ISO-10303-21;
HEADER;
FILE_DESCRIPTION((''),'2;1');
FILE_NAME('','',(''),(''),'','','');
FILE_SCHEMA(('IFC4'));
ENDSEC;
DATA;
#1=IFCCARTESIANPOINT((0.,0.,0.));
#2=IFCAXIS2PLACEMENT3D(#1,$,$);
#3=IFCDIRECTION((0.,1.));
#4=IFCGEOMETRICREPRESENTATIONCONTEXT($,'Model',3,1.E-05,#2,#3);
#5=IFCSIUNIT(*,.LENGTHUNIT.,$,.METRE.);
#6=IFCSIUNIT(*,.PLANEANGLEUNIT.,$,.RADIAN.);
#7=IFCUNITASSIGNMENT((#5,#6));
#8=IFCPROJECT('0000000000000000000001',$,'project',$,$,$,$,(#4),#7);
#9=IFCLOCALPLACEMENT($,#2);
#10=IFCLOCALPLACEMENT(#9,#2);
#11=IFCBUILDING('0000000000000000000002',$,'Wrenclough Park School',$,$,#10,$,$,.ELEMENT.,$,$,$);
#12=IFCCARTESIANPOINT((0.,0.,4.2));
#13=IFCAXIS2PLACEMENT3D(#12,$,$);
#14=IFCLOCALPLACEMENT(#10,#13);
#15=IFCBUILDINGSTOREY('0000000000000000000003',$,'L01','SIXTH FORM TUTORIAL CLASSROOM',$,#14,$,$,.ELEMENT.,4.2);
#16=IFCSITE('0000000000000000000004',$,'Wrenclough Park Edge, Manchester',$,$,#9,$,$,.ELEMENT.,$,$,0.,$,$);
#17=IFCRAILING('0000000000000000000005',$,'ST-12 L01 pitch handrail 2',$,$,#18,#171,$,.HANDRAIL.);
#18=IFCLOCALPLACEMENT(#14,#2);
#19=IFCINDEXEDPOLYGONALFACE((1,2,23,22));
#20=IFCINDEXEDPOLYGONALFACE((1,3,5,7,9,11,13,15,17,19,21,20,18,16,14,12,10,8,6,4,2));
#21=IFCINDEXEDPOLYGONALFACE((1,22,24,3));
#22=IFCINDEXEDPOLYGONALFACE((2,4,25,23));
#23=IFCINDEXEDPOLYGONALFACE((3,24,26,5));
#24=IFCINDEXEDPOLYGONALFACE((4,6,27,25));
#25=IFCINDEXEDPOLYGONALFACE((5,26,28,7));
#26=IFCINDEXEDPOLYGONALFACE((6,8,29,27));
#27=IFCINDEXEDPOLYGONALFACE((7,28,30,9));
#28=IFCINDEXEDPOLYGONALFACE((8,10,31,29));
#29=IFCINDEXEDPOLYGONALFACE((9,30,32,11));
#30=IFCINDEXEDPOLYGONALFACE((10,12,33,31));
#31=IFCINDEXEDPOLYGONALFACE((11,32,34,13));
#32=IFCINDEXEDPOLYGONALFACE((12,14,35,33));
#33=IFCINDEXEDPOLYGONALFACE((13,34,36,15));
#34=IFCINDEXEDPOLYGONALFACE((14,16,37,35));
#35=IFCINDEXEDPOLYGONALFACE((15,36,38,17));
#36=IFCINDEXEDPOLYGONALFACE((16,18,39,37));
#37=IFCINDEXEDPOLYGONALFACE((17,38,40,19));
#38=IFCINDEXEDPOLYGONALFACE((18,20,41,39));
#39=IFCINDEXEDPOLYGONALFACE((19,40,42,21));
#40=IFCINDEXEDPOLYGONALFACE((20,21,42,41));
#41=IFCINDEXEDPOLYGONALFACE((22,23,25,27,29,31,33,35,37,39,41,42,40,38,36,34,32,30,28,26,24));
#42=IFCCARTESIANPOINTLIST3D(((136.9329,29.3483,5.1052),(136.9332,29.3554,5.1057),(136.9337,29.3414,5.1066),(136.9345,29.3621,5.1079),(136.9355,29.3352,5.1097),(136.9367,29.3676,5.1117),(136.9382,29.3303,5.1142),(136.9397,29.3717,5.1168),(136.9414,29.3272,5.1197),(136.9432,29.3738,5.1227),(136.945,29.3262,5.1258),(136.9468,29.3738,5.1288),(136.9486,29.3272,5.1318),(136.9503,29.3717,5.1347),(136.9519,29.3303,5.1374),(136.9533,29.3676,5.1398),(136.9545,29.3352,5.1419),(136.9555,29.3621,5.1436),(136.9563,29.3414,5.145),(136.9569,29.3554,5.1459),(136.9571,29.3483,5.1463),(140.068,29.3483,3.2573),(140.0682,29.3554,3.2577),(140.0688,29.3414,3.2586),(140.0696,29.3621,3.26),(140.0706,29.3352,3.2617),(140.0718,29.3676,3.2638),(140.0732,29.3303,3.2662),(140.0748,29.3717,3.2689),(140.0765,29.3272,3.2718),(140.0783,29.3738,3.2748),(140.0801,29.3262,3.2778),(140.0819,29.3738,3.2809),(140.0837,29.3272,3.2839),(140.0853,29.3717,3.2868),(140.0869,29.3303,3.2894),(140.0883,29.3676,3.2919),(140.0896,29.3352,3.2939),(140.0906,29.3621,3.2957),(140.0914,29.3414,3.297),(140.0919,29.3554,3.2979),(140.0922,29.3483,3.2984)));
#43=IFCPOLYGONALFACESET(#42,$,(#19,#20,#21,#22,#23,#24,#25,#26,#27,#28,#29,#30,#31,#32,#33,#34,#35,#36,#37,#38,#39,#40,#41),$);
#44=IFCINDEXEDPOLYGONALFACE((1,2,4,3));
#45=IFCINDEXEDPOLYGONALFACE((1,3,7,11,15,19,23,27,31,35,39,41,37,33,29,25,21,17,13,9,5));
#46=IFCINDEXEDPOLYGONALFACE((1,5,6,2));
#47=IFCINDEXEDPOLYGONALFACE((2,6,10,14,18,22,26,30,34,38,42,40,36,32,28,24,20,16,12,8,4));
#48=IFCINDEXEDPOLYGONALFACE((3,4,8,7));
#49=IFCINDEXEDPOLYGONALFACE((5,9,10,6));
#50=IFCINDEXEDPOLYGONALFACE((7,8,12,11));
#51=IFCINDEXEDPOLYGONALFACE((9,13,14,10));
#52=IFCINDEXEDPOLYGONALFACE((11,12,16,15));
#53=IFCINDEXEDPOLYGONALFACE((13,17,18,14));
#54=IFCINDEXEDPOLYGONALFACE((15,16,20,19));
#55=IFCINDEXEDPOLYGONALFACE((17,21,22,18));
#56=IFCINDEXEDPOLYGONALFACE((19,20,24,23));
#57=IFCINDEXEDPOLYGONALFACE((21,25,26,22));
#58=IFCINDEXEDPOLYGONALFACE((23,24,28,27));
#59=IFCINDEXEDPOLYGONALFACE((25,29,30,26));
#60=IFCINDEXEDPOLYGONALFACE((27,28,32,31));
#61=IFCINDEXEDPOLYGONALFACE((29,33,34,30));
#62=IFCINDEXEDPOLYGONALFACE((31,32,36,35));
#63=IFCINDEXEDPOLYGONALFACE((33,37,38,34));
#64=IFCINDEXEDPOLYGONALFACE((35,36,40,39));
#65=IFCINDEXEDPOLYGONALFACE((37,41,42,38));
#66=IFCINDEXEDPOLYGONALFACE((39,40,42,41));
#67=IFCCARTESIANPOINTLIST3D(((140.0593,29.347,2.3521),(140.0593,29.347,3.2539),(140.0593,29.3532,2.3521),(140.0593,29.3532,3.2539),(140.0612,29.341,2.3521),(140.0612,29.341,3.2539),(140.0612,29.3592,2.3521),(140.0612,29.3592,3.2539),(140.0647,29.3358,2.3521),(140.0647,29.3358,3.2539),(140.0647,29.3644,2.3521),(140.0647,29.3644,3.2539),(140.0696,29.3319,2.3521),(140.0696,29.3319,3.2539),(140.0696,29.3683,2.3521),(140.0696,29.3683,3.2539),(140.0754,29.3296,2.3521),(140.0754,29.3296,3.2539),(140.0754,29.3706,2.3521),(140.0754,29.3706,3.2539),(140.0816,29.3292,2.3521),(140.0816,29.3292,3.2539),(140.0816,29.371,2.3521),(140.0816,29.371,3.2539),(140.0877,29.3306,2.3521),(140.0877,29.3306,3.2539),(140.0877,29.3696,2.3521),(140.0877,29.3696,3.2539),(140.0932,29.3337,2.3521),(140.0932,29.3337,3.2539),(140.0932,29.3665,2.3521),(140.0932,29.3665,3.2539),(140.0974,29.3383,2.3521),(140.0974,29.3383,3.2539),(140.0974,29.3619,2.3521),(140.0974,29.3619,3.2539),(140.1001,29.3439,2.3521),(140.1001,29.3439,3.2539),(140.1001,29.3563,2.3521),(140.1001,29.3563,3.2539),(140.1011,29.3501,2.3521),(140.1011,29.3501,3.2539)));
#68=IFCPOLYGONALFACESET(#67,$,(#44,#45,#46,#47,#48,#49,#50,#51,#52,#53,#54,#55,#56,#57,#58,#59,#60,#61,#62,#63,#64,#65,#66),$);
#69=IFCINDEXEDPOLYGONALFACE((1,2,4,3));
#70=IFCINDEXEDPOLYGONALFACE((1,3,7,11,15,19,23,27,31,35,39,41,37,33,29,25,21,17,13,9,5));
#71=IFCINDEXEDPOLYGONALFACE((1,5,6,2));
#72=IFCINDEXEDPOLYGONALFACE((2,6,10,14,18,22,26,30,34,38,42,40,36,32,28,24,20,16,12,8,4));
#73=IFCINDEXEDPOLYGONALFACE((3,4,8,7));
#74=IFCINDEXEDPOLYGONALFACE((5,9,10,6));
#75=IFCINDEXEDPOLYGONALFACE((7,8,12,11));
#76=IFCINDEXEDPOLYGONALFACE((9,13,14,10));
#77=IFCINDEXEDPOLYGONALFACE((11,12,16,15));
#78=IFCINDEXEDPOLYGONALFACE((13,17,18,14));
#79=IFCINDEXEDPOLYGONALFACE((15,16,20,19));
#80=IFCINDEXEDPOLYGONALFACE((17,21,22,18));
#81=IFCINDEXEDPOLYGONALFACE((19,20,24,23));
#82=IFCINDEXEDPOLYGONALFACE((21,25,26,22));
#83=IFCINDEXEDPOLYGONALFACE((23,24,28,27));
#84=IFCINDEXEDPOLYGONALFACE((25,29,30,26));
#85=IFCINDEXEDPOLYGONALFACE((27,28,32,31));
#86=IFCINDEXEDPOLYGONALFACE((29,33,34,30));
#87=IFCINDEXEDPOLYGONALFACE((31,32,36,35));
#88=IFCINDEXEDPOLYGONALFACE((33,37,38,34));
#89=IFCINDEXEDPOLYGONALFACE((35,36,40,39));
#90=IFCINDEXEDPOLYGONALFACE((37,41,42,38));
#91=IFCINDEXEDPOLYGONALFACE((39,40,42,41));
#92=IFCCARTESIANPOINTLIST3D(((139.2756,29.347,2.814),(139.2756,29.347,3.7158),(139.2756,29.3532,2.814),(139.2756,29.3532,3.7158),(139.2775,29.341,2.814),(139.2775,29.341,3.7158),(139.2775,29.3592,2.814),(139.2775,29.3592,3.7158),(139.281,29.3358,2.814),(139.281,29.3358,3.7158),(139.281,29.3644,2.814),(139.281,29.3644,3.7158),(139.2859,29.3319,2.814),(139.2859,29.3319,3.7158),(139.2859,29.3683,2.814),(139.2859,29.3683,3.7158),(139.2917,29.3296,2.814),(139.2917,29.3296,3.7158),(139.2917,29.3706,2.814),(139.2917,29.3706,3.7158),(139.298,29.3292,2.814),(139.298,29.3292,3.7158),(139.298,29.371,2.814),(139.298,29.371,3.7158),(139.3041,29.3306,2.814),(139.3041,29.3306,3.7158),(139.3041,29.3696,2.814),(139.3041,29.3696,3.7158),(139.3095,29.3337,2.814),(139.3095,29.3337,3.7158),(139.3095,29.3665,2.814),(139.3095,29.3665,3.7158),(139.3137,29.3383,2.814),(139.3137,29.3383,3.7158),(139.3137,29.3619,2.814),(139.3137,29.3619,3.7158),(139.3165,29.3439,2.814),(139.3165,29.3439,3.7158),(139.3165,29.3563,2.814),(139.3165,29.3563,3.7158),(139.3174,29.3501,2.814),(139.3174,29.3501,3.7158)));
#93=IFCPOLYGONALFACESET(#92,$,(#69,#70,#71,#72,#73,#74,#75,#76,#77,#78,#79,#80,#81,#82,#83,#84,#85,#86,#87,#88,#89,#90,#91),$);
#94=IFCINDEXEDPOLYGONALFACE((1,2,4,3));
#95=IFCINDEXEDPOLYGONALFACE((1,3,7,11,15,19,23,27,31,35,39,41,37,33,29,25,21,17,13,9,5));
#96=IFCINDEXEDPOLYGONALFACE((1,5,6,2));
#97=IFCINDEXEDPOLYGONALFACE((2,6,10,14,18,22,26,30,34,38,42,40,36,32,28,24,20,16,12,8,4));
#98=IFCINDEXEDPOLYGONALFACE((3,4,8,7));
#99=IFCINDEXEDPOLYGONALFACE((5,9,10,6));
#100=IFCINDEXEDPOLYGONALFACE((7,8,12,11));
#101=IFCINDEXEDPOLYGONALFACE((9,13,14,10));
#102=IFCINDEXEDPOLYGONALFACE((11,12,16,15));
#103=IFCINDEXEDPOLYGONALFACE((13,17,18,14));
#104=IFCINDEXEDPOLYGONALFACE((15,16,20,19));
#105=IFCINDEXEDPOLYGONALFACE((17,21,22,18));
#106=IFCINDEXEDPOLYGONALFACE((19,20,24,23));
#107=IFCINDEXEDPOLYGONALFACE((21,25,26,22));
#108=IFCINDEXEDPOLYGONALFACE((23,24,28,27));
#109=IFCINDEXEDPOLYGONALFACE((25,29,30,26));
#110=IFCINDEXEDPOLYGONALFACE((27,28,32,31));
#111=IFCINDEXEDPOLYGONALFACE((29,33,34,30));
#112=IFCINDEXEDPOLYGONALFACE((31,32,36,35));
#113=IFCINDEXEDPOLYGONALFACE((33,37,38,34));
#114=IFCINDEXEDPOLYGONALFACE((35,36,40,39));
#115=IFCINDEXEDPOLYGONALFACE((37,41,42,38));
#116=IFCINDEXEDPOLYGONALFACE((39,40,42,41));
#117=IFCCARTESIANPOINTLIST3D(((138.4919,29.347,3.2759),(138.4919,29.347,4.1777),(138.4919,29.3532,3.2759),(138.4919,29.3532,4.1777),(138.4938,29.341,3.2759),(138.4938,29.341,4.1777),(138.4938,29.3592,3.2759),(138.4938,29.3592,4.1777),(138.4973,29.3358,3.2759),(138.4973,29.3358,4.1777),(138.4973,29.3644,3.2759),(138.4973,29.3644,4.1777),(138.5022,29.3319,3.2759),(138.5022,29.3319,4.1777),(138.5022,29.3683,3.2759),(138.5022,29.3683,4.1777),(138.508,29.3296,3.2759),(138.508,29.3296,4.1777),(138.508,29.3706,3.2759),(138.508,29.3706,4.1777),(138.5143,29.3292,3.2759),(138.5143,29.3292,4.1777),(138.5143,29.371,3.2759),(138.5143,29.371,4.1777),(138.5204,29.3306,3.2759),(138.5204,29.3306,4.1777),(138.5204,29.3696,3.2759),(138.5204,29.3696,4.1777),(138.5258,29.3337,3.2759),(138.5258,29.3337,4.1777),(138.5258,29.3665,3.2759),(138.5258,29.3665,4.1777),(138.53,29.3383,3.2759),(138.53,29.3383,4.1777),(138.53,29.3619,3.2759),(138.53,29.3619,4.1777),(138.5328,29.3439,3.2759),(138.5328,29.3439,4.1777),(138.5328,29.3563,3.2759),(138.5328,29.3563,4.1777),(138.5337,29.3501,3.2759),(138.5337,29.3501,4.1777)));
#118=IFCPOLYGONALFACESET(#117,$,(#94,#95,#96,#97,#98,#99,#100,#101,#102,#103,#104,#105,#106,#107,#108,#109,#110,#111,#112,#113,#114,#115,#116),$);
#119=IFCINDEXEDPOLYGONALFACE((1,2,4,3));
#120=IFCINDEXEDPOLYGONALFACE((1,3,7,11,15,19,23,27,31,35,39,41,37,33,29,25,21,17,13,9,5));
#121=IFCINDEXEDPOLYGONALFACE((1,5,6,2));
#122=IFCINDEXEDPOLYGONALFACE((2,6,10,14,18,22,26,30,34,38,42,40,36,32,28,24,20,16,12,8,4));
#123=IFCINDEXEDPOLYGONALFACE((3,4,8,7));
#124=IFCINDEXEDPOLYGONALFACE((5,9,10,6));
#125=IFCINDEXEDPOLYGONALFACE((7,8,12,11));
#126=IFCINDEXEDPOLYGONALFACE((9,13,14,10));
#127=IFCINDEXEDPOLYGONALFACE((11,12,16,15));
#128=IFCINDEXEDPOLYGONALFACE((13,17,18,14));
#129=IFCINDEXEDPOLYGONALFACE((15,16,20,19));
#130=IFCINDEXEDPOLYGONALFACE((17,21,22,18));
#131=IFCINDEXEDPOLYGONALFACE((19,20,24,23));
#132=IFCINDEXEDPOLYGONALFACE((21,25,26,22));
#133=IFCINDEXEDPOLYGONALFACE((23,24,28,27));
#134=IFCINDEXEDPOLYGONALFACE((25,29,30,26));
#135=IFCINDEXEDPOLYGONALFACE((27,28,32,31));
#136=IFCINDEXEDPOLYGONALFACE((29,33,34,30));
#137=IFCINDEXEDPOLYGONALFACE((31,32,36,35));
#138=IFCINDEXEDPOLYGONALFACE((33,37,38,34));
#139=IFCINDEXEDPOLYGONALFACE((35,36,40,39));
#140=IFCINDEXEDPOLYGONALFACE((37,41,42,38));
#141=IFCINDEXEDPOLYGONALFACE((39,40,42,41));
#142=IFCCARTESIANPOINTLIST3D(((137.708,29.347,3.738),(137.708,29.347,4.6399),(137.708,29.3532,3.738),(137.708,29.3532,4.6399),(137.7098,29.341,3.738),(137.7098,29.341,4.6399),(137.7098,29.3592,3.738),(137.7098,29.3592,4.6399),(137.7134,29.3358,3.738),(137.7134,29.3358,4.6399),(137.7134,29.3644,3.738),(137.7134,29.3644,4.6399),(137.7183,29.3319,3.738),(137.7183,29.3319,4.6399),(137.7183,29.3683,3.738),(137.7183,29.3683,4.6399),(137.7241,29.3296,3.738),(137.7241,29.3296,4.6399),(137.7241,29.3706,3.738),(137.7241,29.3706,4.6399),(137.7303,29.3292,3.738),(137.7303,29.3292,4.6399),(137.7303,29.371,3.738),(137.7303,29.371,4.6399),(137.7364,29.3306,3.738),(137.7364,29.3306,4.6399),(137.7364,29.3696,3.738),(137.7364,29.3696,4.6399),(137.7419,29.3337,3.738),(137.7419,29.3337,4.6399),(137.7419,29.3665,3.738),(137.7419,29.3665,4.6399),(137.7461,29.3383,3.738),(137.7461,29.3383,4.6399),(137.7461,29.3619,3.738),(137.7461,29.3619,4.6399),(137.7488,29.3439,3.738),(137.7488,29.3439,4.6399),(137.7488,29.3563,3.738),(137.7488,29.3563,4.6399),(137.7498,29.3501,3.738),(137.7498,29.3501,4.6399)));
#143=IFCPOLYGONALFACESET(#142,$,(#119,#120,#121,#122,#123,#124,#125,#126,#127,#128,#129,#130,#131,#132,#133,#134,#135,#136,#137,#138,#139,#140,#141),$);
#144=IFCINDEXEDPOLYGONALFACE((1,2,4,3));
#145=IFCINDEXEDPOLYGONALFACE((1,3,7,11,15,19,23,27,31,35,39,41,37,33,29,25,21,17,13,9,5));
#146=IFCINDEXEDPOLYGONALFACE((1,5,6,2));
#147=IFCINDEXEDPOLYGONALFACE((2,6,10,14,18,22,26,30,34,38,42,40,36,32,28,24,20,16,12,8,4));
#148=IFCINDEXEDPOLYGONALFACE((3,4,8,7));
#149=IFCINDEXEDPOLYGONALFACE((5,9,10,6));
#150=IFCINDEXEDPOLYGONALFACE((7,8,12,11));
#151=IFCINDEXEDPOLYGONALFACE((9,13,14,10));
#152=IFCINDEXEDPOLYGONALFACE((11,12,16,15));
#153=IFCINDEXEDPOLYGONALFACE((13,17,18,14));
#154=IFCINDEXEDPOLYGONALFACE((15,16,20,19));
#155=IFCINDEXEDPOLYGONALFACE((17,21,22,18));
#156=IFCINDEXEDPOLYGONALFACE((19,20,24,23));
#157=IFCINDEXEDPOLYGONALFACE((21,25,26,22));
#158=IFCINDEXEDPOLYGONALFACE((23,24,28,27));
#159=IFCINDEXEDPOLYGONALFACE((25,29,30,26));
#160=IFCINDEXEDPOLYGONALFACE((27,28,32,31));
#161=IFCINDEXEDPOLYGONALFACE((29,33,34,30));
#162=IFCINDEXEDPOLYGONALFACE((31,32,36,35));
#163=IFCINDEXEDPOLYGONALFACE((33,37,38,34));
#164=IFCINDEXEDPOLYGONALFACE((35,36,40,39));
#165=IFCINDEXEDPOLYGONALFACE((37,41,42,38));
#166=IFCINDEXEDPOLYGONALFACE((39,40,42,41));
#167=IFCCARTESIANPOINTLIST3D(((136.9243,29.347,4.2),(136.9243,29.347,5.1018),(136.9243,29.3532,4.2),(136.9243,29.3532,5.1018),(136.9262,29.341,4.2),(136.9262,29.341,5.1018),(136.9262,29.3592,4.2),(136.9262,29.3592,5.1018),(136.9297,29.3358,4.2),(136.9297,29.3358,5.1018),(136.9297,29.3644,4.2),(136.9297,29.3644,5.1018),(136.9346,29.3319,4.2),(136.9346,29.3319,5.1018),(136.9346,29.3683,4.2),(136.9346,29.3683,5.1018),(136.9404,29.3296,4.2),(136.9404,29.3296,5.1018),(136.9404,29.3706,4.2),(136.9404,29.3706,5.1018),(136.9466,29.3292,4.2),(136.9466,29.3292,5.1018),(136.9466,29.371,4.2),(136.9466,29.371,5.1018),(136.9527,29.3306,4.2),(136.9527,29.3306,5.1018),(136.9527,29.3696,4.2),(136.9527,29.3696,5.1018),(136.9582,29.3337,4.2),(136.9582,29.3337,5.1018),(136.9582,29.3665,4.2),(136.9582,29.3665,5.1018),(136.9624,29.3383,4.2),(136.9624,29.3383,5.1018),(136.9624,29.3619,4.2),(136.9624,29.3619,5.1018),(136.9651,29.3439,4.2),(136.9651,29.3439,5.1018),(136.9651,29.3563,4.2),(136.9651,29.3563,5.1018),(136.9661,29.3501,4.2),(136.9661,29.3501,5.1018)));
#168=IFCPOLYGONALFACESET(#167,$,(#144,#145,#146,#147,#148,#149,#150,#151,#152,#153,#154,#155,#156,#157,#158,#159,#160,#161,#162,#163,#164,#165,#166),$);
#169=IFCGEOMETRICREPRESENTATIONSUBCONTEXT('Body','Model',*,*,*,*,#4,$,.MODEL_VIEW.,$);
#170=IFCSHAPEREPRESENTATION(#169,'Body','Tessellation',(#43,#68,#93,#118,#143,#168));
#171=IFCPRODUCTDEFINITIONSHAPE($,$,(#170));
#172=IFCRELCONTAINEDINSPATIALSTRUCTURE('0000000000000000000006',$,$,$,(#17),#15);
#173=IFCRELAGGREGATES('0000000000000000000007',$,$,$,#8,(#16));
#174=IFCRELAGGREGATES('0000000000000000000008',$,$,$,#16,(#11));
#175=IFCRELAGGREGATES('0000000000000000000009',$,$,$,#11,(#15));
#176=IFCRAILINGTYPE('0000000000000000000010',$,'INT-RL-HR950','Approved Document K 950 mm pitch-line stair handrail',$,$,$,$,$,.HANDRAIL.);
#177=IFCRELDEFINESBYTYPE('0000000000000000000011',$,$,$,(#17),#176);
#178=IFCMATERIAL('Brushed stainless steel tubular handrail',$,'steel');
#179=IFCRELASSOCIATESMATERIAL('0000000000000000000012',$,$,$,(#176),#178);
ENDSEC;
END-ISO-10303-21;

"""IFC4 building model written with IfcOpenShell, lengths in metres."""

from ifc_helpers import new_model, si_unit, direction, frame, origin, origin_2d, place, context, subcontext, project, spatial, circle, extrude, material, type_object, element, save


model = new_model("IFC4")

# Units and contexts
model_context = context("Model", 3, precision=1e-05, world=origin(), true_north=direction((0.0, 1.0)))
body_context = subcontext(model_context, "Body", "Model", "MODEL_VIEW")
ifc_project = project(units=[si_unit("LENGTHUNIT", "METRE"), si_unit("PLANEANGLEUNIT", "RADIAN")], contexts=[model_context])

# Site, building, storey
site_placement = place(None, origin())
site = spatial("IfcSite", under=ifc_project, at=site_placement, Name="Wrenclough Park Edge, Manchester", CompositionType="ELEMENT", RefElevation=0.0)
building_placement = place(site_placement, origin())
building = spatial("IfcBuilding", under=site, at=building_placement, Name="Wrenclough Park School", CompositionType="ELEMENT")
storey_placement = place(building_placement, frame((0.0, 0.0, 4.2)))
storey = spatial("IfcBuildingStorey", under=building, at=storey_placement, Name="L01", Description="SIXTH FORM TUTORIAL CLASSROOM", CompositionType="ELEMENT", Elevation=4.2)

# Railing
ifc_material_1 = material(Name="Brushed stainless steel tubular handrail", Category="steel")
railing_type_1 = type_object("IfcRailingType", Name="INT-RL-HR950", Description="Approved Document K 950 mm pitch-line stair handrail", PredefinedType="HANDRAIL", material=ifc_material_1)
railing_1_placement = place(storey_placement, frame((140.0801, 29.3501, 2.3521)))
element("IfcRailing", 1, at=railing_1_placement, inside=storey, type_object=railing_type_1, Name="ST-12 L01 pitch handrail 2", PredefinedType="HANDRAIL", context=body_context, shape_type="SweptSolid", body=[
    extrude(circle(Radius=0.0239, at=origin_2d()), frame((0.0, 0.0, 0.9258), z_axis=(-0.86148, 0.0, 0.507791), x_axis=(0.0, -1.0, 0.0)), (0.0, 0.0, 1.0), 3.6392),
    extrude(circle(Radius=0.021, at=origin_2d()), origin(), (0.0, 0.0, 1.0), 0.9019),
    extrude(circle(Radius=0.021, at=origin_2d()), frame((-0.7837, 0.0, 0.4619)), (0.0, 0.0, 1.0), 0.9019),
    extrude(circle(Radius=0.021, at=origin_2d()), frame((-1.5674, 0.0, 0.9238)), (0.0, 0.0, 1.0), 0.9019),
    extrude(circle(Radius=0.021, at=origin_2d()), frame((-2.3513, 0.0, 1.386)), (0.0, 0.0, 1.0), 0.9019),
    extrude(circle(Radius=0.021, at=origin_2d()), frame((-3.135, 0.0, 1.8479)), (0.0, 0.0, 1.0), 0.9019),
])

save(model, "model.ifc")
